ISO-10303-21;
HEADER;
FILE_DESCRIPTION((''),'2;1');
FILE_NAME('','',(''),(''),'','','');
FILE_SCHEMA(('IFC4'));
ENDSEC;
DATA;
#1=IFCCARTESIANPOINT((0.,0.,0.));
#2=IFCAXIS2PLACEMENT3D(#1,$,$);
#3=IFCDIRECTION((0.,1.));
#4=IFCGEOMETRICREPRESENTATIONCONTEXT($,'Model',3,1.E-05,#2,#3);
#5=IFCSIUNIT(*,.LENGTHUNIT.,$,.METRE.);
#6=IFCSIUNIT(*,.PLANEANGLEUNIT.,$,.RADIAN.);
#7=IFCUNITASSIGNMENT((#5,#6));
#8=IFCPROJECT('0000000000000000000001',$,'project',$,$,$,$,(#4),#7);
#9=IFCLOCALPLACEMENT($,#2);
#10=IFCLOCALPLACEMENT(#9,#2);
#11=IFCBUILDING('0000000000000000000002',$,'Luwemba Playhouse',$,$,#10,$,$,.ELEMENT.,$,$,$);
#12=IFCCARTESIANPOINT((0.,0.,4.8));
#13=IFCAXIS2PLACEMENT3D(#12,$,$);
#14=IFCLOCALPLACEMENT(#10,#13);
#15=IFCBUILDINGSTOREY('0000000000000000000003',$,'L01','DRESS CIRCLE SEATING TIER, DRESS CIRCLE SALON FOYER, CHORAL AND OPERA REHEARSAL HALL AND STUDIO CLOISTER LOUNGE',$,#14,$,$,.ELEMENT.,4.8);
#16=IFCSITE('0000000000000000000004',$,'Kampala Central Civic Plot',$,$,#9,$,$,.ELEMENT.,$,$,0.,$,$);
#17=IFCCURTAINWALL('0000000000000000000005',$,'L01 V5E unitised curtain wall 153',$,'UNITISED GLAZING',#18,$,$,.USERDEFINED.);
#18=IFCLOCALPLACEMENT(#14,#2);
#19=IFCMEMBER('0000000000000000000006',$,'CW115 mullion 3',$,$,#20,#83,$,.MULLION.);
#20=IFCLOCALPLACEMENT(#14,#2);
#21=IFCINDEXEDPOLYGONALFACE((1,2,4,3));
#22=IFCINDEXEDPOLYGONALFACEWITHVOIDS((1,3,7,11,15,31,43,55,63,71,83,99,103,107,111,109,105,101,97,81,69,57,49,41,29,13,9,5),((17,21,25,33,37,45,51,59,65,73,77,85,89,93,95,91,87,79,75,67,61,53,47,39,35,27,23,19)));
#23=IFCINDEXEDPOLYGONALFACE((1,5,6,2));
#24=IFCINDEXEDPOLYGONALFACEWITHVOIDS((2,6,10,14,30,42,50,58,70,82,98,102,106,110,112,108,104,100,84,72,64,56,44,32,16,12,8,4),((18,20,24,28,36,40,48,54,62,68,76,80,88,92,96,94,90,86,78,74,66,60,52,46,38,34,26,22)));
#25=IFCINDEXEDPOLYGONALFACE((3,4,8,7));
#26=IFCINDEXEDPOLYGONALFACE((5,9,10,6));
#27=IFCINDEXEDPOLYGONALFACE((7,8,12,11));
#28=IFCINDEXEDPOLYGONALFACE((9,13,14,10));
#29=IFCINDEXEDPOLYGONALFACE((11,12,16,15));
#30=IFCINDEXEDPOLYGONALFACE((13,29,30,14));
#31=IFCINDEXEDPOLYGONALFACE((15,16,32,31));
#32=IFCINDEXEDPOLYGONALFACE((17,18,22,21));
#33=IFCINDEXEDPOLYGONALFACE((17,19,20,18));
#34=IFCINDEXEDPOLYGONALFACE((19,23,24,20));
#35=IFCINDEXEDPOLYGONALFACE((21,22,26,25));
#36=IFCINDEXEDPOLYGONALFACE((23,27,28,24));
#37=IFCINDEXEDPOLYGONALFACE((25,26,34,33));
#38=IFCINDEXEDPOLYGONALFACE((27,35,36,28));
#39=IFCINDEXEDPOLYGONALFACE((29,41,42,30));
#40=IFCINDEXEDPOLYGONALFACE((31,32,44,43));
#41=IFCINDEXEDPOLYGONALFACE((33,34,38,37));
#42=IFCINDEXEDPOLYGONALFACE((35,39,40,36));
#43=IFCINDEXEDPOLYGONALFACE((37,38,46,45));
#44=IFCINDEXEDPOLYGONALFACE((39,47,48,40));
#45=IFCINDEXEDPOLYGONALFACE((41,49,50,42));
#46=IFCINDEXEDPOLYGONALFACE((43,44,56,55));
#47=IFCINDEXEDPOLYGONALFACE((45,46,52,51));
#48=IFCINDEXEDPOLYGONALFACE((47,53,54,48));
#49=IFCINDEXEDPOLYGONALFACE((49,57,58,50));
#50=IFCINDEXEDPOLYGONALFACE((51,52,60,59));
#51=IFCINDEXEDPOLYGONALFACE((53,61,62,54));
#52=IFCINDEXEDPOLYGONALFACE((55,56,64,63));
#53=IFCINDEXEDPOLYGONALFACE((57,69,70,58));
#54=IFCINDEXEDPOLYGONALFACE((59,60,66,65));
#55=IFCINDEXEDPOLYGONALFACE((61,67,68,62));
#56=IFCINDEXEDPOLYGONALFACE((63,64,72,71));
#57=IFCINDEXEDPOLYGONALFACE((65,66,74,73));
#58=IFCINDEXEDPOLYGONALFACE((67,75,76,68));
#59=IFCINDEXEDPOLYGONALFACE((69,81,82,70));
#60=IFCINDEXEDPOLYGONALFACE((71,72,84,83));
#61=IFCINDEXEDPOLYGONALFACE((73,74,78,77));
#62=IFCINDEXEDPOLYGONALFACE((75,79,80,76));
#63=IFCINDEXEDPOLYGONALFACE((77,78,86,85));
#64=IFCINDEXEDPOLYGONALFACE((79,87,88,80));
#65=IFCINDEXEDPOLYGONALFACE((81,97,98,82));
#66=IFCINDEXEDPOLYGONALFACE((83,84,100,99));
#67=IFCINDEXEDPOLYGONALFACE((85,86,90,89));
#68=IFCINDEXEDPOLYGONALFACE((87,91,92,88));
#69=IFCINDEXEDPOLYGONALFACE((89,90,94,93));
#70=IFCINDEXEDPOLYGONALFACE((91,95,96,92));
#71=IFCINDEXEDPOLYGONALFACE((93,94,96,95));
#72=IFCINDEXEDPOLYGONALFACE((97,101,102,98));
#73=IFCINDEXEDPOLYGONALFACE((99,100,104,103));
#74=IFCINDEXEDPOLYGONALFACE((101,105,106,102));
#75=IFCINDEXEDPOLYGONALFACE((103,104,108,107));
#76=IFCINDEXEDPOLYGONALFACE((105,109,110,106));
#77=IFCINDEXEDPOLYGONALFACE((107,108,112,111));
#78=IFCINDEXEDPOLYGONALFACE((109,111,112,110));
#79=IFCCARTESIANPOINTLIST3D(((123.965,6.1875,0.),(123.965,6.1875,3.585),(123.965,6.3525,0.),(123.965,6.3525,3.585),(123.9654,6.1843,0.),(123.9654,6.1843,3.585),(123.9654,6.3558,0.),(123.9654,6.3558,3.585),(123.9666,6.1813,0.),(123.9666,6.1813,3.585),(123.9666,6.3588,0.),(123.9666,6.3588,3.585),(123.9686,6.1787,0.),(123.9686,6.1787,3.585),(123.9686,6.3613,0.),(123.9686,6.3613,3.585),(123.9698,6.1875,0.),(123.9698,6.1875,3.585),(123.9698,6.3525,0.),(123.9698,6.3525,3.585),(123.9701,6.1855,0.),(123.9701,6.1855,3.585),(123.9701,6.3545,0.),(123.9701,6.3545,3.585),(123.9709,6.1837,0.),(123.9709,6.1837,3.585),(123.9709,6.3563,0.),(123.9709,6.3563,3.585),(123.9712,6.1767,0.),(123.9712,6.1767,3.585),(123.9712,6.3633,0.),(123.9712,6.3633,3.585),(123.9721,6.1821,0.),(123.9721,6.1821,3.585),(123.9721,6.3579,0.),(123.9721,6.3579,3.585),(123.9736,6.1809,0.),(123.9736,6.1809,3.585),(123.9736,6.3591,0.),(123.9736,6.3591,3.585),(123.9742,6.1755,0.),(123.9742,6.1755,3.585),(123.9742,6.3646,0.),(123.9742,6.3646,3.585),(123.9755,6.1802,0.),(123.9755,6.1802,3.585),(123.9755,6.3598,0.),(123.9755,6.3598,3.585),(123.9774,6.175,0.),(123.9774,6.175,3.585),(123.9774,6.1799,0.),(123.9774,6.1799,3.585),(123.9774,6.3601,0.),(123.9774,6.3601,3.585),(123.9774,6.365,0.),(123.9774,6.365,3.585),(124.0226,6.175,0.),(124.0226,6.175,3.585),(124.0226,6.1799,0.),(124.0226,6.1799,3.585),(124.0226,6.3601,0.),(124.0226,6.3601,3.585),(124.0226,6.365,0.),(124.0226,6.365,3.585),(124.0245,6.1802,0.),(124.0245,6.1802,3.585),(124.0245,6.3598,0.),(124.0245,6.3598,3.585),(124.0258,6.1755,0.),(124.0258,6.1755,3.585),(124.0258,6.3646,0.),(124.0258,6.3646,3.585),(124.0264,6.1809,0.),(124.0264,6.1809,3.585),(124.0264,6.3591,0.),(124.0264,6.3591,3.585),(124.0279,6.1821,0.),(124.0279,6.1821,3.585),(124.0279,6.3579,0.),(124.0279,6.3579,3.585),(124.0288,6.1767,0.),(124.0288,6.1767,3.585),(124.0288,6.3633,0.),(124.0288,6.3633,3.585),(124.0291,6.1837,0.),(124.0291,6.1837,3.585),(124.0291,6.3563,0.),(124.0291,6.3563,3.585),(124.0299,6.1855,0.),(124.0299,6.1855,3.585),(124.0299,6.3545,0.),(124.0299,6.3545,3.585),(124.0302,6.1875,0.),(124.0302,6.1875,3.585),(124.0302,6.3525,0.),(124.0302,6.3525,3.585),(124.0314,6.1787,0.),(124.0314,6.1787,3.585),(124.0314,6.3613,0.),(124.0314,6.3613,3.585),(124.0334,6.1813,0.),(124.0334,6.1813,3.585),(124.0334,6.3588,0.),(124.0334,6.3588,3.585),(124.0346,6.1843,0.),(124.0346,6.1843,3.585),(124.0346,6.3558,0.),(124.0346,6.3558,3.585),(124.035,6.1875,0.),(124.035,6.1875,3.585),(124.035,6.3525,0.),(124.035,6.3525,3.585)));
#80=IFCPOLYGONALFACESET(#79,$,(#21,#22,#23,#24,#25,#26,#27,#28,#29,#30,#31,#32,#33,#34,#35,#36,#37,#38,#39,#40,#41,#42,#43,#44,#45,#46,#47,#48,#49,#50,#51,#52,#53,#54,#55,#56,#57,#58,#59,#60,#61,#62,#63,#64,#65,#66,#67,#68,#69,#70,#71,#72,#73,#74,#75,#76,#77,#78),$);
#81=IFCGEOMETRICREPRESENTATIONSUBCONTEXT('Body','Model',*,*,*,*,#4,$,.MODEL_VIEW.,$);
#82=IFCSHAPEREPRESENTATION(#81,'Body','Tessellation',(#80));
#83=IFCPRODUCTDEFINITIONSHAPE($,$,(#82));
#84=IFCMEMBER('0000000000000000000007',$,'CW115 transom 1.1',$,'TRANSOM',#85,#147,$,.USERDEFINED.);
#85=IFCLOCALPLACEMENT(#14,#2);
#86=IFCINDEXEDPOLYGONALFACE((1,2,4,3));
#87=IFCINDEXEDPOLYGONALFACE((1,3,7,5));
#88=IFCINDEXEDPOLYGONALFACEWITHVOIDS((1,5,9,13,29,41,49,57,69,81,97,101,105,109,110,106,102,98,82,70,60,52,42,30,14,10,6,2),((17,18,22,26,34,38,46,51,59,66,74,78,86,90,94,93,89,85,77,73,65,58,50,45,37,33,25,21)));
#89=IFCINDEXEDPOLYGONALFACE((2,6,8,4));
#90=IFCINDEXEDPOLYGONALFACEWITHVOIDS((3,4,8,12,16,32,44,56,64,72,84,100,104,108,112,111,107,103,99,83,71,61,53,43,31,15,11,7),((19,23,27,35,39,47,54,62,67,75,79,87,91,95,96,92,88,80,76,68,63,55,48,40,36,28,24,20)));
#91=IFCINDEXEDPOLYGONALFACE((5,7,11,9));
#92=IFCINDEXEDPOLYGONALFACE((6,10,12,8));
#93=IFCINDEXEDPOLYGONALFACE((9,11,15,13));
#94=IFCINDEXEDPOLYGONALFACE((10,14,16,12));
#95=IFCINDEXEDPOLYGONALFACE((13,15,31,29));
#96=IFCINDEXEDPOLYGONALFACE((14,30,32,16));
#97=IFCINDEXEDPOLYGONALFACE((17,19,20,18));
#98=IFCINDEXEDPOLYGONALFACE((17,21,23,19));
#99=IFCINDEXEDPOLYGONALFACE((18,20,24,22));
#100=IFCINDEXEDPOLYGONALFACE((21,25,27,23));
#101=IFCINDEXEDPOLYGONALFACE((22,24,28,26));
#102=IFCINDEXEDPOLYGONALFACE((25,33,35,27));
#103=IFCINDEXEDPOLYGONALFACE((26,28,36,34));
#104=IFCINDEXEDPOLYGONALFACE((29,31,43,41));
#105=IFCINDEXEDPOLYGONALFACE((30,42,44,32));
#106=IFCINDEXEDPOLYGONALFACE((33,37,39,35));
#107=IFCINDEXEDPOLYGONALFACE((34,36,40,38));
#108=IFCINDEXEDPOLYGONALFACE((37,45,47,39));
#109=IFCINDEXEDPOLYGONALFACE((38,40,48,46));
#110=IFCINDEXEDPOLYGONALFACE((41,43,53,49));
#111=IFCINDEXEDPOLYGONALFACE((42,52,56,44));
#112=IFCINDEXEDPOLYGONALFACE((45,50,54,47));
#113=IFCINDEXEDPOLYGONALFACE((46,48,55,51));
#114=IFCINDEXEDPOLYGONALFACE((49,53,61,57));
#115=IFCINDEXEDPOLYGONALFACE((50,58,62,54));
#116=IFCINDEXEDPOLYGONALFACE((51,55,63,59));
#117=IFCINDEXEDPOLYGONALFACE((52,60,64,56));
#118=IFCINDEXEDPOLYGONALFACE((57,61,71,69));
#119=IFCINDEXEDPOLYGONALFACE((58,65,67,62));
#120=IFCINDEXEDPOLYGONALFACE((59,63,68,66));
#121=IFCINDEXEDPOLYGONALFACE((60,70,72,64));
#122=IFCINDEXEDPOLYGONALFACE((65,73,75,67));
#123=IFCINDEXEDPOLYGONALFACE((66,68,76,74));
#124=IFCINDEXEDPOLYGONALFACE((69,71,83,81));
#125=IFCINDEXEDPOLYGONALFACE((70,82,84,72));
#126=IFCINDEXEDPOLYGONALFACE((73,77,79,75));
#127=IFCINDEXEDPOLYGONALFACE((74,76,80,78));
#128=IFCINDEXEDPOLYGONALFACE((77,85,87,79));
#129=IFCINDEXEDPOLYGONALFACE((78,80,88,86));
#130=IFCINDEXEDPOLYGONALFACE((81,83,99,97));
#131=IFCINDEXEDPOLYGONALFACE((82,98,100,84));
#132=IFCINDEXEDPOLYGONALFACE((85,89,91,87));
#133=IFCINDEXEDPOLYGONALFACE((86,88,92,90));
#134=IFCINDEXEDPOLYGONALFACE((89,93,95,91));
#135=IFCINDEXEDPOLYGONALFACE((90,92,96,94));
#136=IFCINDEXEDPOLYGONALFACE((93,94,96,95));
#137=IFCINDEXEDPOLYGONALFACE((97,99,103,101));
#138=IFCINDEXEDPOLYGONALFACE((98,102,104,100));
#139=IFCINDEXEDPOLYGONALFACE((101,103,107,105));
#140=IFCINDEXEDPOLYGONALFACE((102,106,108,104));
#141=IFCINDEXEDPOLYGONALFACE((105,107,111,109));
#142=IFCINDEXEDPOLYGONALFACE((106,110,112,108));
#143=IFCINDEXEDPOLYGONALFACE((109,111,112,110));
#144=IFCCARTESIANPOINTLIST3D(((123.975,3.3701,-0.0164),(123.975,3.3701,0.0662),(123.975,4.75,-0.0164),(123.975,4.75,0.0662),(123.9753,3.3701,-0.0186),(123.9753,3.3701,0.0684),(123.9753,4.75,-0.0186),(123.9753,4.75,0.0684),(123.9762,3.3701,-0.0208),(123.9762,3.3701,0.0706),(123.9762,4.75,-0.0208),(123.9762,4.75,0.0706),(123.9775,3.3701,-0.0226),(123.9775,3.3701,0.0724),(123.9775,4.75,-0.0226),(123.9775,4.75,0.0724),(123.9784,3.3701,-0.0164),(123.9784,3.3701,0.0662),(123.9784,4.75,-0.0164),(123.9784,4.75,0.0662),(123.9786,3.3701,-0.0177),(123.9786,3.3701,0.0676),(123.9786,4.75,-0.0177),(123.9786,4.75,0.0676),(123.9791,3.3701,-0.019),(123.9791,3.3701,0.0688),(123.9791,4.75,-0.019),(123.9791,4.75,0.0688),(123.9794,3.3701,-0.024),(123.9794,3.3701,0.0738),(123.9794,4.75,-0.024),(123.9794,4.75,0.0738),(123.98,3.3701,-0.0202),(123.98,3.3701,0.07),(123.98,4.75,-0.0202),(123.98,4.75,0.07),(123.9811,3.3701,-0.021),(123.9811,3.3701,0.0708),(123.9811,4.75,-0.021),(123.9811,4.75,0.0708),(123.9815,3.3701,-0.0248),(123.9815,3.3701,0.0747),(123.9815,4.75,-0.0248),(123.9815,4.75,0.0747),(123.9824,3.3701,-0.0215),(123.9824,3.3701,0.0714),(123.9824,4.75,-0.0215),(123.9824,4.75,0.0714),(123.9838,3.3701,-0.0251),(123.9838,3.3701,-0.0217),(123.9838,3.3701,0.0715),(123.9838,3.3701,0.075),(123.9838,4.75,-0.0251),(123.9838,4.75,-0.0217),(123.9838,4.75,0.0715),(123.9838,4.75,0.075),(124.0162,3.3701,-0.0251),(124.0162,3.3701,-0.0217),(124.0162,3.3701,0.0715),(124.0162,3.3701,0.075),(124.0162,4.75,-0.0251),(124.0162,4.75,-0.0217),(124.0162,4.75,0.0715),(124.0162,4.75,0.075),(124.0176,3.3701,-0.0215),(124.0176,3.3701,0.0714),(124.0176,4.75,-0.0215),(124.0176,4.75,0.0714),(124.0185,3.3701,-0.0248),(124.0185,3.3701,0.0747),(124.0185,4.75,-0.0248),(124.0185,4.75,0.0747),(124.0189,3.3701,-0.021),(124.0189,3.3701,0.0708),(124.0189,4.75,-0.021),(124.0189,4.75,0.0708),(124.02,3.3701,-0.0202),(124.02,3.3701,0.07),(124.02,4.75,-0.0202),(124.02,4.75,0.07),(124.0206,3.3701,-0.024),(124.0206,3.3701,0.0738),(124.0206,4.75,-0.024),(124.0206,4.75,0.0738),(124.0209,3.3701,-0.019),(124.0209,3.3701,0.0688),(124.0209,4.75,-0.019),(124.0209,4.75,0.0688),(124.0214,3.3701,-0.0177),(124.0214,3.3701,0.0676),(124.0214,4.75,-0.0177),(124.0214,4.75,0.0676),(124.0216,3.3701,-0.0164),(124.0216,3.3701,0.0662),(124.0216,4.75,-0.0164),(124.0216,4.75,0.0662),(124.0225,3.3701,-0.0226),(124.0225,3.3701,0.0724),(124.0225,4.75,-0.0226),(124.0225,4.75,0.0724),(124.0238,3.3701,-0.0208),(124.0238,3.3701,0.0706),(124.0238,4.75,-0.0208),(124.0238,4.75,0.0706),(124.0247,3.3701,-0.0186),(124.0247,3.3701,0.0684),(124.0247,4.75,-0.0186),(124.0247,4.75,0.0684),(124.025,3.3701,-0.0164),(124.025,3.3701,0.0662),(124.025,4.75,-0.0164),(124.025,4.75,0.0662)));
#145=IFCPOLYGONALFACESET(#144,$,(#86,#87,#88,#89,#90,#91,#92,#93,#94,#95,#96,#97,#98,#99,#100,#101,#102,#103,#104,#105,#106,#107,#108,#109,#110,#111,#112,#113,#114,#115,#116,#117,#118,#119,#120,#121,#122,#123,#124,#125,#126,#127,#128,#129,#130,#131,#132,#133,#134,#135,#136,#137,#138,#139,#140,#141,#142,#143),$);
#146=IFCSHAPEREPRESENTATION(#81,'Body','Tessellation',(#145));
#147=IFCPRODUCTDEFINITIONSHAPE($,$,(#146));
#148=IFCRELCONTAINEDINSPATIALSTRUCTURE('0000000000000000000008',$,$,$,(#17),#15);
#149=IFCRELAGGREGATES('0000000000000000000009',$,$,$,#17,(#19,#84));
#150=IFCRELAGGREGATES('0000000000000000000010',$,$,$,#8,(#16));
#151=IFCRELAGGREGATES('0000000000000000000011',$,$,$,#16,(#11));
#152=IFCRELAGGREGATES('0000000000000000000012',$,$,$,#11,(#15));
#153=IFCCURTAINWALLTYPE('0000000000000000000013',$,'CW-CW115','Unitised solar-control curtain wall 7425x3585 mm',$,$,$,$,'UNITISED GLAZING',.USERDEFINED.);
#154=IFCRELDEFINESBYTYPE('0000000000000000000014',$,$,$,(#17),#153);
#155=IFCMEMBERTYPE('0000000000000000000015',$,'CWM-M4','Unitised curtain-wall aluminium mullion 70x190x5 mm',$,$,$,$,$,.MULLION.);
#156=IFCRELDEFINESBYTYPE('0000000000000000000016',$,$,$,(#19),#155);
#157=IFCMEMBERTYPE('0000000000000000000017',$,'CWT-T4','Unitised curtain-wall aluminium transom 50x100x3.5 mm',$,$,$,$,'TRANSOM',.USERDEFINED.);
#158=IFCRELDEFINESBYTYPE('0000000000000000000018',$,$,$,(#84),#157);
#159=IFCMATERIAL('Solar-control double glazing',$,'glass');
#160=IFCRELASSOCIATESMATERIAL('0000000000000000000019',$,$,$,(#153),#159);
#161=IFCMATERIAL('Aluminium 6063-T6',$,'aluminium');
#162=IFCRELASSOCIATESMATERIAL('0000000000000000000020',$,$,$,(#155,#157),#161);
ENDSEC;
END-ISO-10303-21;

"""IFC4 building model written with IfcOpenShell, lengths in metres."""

from ifc_helpers import new_model, si_unit, direction, frame, origin, origin_2d, place, context, subcontext, project, spatial, hollow_rectangle, extrude, material, material_profile, profile_set, type_object, element, aggregate, save


model = new_model("IFC4")

# Units and contexts
model_context = context("Model", 3, precision=1e-05, world=origin(), true_north=direction((0.0, 1.0)))
body_context = subcontext(model_context, "Body", "Model", "MODEL_VIEW")
ifc_project = project(units=[si_unit("LENGTHUNIT", "METRE"), si_unit("PLANEANGLEUNIT", "RADIAN")], contexts=[model_context])

# Site, building, storey
site_placement = place(None, origin())
site = spatial("IfcSite", under=ifc_project, at=site_placement, Name="Kampala Central Civic Plot", CompositionType="ELEMENT", RefElevation=0.0)
building_placement = place(site_placement, origin())
building = spatial("IfcBuilding", under=site, at=building_placement, Name="Luwemba Playhouse", CompositionType="ELEMENT")
storey_placement = place(building_placement, frame((0.0, 0.0, 4.8)))
storey = spatial("IfcBuildingStorey", under=building, at=storey_placement, Name="L01", Description="DRESS CIRCLE SEATING TIER, DRESS CIRCLE SALON FOYER, CHORAL AND OPERA REHEARSAL HALL AND STUDIO CLOISTER LOUNGE", CompositionType="ELEMENT", Elevation=4.8)

# Curtain wall, members
ifc_material_1 = material(Name="Solar-control double glazing", Category="glass")
curtain_wall_type = type_object("IfcCurtainWallType", Name="CW-CW115", Description="Unitised solar-control curtain wall 7425x3585 mm", ElementType="UNITISED GLAZING", PredefinedType="USERDEFINED", material=ifc_material_1)
curtain_wall_placement = place(storey_placement, origin())
curtain_wall = element("IfcCurtainWall", 1, at=curtain_wall_placement, inside=storey, type_object=curtain_wall_type, Name="L01 V5E unitised curtain wall 153", ObjectType="UNITISED GLAZING", PredefinedType="USERDEFINED")
ifc_material_2 = material(Name="Aluminium 6063-T6", Category="aluminium")
ifc_material_profile_1 = material_profile(ifc_material_2, hollow_rectangle(XDim=0.0701, YDim=0.1899, WallThickness=0.0049, InnerFilletRadius=0.0076, OuterFilletRadius=0.0125, at=origin_2d()))
ifc_profile_set_1 = profile_set([ifc_material_profile_1], Name="Aluminium 6063-T6")
member_type_1 = type_object("IfcMemberType", Name="CWM-M4", Description="Unitised curtain-wall aluminium mullion 70x190x5 mm", PredefinedType="MULLION", material=ifc_profile_set_1)
member_1_placement = place(storey_placement, frame((124.0, 6.27, 0.0), z_axis=(0.0, 0.0, 1.0), x_axis=(-1.0, 0.0, 0.0)))
member_1 = element("IfcMember", 2, at=member_1_placement, type_object=member_type_1, Name="CW115 mullion 3", PredefinedType="MULLION", context=body_context, shape_type="SweptSolid", body=[
    extrude(hollow_rectangle(XDim=0.0701, YDim=0.1899, WallThickness=0.0049, InnerFilletRadius=0.0076, OuterFilletRadius=0.0125, at=origin_2d()), origin(), (0.0, 0.0, 1.0), 3.585),
])
ifc_material_profile_2 = material_profile(ifc_material_2, hollow_rectangle(XDim=0.05, YDim=0.1001, WallThickness=0.0034, InnerFilletRadius=0.0054, OuterFilletRadius=0.0088, at=origin_2d()))
ifc_profile_set_2 = profile_set([ifc_material_profile_2], Name="Aluminium 6063-T6")
member_type_2 = type_object("IfcMemberType", Name="CWT-T4", Description="Unitised curtain-wall aluminium transom 50x100x3.5 mm", ElementType="TRANSOM", PredefinedType="USERDEFINED", material=ifc_profile_set_2)
member_2_placement = place(storey_placement, frame((124.0, 3.3701, 0.0249), z_axis=(0.0, 1.0, 0.0), x_axis=(-1.0, 0.0, 0.0)))
member_2 = element("IfcMember", 3, at=member_2_placement, type_object=member_type_2, Name="CW115 transom 1.1", ObjectType="TRANSOM", PredefinedType="USERDEFINED", context=body_context, shape_type="SweptSolid", body=[
    extrude(hollow_rectangle(XDim=0.05, YDim=0.1001, WallThickness=0.0034, InnerFilletRadius=0.0054, OuterFilletRadius=0.0088, at=origin_2d()), origin(), (0.0, 0.0, 1.0), 1.3799),
])

aggregate(curtain_wall, [member_1, member_2])

save(model, "model.ifc")
